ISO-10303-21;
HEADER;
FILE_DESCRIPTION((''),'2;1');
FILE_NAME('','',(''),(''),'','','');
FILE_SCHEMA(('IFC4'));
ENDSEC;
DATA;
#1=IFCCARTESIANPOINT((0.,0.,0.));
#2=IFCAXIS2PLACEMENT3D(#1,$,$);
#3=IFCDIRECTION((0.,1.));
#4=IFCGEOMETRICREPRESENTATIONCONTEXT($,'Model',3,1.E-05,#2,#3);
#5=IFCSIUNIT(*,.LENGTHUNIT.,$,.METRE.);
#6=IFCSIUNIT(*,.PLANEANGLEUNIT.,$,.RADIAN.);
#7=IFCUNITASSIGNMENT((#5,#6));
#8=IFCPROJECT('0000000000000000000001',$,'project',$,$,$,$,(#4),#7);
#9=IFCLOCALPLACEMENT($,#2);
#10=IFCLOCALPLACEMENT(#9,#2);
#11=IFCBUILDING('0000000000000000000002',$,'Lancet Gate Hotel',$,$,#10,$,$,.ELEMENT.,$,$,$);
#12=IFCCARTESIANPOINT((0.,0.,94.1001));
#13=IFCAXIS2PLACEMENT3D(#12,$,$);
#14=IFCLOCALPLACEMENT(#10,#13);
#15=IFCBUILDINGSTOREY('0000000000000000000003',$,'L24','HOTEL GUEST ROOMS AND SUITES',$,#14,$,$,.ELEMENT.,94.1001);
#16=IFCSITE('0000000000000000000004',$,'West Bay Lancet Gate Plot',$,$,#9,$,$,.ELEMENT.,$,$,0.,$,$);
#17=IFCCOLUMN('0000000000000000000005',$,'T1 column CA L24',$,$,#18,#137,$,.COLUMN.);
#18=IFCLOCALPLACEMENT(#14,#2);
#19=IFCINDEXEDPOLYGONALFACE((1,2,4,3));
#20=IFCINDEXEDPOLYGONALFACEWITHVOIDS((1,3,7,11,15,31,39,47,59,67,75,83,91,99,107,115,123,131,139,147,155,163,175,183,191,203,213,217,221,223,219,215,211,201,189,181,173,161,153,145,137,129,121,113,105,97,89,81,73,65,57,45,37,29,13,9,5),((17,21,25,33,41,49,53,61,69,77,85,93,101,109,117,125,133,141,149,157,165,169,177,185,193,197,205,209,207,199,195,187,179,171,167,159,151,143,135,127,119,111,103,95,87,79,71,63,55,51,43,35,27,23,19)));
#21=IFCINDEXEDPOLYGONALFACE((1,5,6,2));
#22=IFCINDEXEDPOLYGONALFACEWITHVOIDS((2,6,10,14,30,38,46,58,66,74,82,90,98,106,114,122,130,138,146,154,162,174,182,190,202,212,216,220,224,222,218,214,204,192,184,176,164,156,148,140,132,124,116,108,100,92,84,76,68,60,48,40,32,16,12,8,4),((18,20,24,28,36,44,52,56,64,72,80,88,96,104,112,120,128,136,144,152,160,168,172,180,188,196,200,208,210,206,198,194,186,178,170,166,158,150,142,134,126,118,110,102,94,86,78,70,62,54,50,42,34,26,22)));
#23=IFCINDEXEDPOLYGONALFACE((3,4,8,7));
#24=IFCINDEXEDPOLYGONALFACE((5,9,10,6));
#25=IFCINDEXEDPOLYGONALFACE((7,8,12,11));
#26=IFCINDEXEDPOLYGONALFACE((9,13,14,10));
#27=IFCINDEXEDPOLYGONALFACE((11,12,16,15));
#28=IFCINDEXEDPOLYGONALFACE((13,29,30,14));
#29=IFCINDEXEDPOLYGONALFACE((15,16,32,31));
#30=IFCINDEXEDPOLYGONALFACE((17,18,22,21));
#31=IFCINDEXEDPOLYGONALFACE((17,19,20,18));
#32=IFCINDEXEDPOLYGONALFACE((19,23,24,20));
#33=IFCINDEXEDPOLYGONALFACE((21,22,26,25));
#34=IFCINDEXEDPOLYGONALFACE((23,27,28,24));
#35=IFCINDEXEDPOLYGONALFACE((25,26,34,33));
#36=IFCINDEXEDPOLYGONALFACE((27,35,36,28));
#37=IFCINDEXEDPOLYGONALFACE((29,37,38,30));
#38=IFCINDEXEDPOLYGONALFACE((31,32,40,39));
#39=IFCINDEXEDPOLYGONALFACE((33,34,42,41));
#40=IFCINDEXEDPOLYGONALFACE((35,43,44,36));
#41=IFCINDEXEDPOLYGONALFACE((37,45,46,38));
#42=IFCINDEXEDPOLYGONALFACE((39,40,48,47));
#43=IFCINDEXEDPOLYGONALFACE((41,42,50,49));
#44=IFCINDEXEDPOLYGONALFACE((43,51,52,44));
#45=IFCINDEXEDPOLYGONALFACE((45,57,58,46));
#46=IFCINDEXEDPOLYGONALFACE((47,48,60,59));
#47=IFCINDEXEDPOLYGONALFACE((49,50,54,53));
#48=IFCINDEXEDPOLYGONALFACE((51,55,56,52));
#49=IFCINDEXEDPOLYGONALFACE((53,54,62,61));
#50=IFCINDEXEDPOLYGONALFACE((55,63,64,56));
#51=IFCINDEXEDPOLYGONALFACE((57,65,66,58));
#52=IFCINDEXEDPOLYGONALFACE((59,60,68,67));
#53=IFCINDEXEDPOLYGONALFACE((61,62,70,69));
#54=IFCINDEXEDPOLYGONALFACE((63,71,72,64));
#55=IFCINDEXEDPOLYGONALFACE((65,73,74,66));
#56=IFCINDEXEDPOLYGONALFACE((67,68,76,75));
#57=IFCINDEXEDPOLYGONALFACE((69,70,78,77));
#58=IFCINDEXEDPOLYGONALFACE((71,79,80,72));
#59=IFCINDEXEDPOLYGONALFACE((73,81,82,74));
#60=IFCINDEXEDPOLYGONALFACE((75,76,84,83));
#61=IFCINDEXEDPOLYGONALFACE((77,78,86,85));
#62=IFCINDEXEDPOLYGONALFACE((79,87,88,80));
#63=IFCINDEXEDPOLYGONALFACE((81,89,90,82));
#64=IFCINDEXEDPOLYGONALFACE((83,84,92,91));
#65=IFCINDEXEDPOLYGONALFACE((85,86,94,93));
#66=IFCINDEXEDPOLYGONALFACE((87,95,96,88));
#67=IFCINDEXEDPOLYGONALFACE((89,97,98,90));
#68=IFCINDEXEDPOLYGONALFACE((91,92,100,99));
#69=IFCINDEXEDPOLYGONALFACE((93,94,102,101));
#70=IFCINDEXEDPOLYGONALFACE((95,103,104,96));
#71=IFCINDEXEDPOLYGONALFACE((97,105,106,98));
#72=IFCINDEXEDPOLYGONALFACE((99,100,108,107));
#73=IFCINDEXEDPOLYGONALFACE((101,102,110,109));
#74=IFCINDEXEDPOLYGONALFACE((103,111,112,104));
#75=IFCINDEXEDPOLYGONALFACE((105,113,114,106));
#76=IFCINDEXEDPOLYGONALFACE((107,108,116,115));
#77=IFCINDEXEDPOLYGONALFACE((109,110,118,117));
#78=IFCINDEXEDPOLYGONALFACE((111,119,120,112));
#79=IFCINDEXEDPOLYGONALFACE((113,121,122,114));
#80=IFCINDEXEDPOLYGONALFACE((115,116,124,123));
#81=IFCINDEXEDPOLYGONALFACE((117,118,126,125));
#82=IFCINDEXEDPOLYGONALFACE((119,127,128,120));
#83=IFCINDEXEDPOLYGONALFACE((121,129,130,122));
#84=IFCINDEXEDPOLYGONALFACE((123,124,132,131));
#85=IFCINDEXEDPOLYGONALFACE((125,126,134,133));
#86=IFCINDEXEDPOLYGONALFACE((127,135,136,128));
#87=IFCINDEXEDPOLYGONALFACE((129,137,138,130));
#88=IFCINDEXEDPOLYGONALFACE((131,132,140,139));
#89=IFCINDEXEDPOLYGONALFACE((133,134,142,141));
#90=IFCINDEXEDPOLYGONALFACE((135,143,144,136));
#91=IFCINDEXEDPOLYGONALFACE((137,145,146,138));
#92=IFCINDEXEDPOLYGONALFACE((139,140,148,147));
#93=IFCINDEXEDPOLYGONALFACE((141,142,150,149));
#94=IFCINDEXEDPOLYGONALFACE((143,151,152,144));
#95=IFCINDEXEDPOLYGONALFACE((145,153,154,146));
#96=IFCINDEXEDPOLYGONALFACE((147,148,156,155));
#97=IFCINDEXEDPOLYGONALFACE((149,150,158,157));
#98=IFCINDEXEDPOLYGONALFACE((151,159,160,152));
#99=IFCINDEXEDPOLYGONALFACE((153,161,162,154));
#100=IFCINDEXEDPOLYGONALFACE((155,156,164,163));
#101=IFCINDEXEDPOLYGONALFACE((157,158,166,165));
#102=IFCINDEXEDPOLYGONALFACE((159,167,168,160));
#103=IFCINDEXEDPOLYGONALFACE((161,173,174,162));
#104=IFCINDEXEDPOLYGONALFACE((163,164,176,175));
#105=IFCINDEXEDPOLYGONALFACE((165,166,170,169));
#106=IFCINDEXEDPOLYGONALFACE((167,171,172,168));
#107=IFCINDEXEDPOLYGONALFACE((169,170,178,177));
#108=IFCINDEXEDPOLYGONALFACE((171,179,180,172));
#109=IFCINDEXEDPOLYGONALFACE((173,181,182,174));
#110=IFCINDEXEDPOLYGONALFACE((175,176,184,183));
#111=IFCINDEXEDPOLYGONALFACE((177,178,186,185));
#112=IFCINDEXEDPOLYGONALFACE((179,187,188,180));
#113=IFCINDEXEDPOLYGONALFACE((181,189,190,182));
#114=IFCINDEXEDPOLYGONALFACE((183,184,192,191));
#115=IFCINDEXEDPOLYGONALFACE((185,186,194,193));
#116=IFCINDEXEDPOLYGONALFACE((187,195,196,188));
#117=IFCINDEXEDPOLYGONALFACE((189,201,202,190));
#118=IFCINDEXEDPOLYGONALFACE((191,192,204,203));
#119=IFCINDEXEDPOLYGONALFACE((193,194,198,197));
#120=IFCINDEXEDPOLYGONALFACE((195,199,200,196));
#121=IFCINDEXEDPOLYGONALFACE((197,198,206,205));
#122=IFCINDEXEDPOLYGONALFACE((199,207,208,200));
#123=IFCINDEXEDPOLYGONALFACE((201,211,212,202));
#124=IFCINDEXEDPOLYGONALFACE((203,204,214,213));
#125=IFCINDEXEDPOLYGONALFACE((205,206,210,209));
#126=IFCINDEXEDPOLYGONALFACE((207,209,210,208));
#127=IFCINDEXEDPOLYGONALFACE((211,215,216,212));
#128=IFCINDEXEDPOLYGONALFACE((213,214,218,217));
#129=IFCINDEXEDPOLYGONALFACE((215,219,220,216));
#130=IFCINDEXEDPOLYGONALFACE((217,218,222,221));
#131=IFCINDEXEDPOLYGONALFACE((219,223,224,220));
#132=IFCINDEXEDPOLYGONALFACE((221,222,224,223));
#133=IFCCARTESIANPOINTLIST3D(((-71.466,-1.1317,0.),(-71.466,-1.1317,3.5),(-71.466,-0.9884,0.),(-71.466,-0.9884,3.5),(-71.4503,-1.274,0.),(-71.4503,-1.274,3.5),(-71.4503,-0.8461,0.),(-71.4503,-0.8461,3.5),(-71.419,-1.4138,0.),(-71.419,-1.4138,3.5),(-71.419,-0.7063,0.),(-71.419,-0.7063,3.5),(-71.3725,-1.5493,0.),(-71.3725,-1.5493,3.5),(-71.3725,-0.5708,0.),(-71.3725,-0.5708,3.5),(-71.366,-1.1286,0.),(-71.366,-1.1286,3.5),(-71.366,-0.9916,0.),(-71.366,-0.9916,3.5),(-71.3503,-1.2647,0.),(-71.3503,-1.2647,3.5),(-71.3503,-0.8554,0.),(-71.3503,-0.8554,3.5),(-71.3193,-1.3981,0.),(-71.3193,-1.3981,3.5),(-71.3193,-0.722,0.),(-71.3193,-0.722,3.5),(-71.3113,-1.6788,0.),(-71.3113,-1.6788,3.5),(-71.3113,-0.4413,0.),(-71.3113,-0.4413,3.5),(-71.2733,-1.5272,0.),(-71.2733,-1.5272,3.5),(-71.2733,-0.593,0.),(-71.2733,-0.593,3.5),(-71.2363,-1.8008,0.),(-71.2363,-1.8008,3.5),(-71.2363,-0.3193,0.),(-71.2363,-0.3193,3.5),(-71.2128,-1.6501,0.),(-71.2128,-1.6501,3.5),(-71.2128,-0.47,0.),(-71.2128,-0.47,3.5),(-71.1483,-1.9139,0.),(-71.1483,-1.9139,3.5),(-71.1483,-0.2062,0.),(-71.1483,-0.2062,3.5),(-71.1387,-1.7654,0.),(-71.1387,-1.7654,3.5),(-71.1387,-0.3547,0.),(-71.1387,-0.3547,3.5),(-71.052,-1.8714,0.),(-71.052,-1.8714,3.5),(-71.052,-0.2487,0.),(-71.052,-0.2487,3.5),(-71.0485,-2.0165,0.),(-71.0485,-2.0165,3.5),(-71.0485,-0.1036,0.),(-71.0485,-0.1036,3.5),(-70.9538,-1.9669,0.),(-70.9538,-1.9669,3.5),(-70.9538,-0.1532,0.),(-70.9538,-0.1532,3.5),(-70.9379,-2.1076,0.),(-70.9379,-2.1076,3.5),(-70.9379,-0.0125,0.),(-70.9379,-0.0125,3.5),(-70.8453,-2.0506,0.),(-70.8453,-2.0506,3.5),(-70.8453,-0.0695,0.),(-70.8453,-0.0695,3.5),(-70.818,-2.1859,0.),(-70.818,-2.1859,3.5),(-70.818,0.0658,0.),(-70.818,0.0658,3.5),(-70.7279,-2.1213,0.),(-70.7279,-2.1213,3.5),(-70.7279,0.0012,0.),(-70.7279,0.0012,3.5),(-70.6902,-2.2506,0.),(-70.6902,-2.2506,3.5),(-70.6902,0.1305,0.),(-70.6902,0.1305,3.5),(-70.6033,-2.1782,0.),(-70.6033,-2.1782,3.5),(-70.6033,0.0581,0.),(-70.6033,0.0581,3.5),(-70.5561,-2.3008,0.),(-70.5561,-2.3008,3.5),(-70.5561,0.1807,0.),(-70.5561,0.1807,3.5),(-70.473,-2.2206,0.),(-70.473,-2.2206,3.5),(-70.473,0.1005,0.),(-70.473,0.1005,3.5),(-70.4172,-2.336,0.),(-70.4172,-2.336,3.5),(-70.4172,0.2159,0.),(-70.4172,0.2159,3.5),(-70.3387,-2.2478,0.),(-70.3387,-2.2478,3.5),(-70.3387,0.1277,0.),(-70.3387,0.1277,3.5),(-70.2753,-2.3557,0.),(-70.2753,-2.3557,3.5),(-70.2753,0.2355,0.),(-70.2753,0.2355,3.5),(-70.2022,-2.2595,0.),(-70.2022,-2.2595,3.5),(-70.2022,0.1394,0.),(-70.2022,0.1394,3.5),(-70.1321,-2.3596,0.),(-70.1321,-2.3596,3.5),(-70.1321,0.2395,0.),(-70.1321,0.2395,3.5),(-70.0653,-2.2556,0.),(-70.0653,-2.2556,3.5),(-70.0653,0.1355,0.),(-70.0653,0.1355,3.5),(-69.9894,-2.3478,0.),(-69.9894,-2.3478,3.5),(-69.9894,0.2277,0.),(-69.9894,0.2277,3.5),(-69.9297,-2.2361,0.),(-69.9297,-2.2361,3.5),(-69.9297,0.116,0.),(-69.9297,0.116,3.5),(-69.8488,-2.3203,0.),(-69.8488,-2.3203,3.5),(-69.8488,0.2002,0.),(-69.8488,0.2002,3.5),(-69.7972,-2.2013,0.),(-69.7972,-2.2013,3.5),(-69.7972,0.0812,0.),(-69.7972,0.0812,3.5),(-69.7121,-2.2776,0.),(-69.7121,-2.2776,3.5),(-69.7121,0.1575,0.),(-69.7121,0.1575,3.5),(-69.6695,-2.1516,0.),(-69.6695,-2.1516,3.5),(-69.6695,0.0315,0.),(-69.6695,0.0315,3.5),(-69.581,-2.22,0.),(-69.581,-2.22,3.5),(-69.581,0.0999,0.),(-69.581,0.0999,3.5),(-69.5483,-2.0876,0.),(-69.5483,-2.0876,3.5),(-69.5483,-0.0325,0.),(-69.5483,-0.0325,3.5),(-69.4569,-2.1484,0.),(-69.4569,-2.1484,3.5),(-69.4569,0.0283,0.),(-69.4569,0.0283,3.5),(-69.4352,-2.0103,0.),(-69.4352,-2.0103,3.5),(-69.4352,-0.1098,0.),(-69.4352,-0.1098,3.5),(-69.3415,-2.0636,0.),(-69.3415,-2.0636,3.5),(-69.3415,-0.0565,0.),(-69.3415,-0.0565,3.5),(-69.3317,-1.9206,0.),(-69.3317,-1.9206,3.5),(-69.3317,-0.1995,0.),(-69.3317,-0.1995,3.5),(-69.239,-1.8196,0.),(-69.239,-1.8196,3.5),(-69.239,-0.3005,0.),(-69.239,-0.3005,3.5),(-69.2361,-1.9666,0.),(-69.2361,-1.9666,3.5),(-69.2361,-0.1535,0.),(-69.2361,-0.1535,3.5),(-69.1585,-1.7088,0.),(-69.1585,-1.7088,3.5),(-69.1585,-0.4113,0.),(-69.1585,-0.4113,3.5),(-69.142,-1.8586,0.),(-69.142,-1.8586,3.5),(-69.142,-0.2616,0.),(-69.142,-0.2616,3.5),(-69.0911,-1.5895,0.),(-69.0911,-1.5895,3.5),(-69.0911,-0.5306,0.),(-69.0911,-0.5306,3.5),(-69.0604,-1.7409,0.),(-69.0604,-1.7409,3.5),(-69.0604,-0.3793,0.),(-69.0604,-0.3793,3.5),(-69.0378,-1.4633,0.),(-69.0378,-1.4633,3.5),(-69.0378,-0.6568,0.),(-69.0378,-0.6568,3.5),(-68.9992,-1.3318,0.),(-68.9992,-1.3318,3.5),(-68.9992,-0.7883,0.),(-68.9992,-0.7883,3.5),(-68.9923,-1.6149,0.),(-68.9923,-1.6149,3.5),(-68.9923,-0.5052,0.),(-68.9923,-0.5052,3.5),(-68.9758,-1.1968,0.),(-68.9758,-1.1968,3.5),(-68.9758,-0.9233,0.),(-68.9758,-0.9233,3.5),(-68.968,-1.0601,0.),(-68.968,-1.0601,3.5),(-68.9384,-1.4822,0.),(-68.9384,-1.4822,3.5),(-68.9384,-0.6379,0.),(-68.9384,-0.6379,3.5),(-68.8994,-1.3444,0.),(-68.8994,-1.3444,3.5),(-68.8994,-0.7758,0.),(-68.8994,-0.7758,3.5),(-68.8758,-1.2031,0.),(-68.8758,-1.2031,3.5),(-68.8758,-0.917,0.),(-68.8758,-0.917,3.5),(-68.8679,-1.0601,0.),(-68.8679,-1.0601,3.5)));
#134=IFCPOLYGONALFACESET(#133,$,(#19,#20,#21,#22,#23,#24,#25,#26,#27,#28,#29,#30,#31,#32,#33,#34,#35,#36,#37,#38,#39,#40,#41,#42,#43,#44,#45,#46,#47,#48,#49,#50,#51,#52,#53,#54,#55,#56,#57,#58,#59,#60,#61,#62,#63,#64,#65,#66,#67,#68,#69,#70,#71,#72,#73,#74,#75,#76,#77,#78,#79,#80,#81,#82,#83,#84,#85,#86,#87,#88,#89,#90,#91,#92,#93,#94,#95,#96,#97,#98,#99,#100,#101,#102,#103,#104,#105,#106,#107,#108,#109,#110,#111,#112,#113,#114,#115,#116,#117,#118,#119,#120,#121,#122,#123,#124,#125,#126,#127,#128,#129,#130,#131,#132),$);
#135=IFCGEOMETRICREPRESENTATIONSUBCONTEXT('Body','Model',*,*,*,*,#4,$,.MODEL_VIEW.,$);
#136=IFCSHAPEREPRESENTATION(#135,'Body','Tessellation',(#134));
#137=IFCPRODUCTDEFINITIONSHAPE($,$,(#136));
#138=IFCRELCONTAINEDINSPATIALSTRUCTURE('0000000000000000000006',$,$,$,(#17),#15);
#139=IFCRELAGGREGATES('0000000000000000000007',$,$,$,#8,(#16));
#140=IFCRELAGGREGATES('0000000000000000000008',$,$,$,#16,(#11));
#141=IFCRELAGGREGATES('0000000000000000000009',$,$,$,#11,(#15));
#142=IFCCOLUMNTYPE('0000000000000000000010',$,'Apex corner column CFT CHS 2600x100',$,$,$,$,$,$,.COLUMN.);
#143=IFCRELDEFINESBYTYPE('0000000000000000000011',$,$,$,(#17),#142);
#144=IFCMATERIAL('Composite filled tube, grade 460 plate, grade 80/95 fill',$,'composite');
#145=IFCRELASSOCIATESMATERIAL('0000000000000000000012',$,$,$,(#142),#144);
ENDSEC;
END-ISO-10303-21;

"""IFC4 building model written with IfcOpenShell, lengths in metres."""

from ifc_helpers import new_model, si_unit, direction, frame, origin, origin_2d, place, context, subcontext, project, spatial, hollow_circle, extrude, material, material_profile, profile_set, type_object, element, save


model = new_model("IFC4")

# Units and contexts
model_context = context("Model", 3, precision=1e-05, world=origin(), true_north=direction((0.0, 1.0)))
body_context = subcontext(model_context, "Body", "Model", "MODEL_VIEW")
ifc_project = project(units=[si_unit("LENGTHUNIT", "METRE"), si_unit("PLANEANGLEUNIT", "RADIAN")], contexts=[model_context])

# Site, building, storey
site_placement = place(None, origin())
site = spatial("IfcSite", under=ifc_project, at=site_placement, Name="West Bay Lancet Gate Plot", CompositionType="ELEMENT", RefElevation=0.0)
building_placement = place(site_placement, origin())
building = spatial("IfcBuilding", under=site, at=building_placement, Name="Lancet Gate Hotel", CompositionType="ELEMENT")
storey_placement = place(building_placement, frame((0.0, 0.0, 94.1001)))
storey = spatial("IfcBuildingStorey", under=building, at=storey_placement, Name="L24", Description="HOTEL GUEST ROOMS AND SUITES", CompositionType="ELEMENT", Elevation=94.1001)

# Column
ifc_material_1 = material(Name="Composite filled tube, grade 460 plate, grade 80/95 fill", Category="composite")
ifc_material_profile_1 = material_profile(ifc_material_1, hollow_circle(Radius=1.3, WallThickness=0.1001, at=origin_2d()), Name="CHS 2600x100")
ifc_profile_set_1 = profile_set([ifc_material_profile_1], Name="Composite filled tube, grade 460 plate, grade 80/95 fill")
column_type_1 = type_object("IfcColumnType", Name="Apex corner column CFT CHS 2600x100", PredefinedType="COLUMN", material=ifc_profile_set_1)
column_1_placement = place(storey_placement, frame((-70.168, -1.0601, 0.0), z_axis=(0.0, 0.0, 1.0), x_axis=(1.0, 0.0, 0.0)))
element("IfcColumn", 1, at=column_1_placement, inside=storey, type_object=column_type_1, Name="T1 column CA L24", PredefinedType="COLUMN", context=body_context, shape_type="SweptSolid", body=[
    extrude(hollow_circle(Radius=1.3, WallThickness=0.1001, at=origin_2d()), origin(), (0.0, 0.0, 1.0), 3.5),
])

save(model, "model.ifc")
